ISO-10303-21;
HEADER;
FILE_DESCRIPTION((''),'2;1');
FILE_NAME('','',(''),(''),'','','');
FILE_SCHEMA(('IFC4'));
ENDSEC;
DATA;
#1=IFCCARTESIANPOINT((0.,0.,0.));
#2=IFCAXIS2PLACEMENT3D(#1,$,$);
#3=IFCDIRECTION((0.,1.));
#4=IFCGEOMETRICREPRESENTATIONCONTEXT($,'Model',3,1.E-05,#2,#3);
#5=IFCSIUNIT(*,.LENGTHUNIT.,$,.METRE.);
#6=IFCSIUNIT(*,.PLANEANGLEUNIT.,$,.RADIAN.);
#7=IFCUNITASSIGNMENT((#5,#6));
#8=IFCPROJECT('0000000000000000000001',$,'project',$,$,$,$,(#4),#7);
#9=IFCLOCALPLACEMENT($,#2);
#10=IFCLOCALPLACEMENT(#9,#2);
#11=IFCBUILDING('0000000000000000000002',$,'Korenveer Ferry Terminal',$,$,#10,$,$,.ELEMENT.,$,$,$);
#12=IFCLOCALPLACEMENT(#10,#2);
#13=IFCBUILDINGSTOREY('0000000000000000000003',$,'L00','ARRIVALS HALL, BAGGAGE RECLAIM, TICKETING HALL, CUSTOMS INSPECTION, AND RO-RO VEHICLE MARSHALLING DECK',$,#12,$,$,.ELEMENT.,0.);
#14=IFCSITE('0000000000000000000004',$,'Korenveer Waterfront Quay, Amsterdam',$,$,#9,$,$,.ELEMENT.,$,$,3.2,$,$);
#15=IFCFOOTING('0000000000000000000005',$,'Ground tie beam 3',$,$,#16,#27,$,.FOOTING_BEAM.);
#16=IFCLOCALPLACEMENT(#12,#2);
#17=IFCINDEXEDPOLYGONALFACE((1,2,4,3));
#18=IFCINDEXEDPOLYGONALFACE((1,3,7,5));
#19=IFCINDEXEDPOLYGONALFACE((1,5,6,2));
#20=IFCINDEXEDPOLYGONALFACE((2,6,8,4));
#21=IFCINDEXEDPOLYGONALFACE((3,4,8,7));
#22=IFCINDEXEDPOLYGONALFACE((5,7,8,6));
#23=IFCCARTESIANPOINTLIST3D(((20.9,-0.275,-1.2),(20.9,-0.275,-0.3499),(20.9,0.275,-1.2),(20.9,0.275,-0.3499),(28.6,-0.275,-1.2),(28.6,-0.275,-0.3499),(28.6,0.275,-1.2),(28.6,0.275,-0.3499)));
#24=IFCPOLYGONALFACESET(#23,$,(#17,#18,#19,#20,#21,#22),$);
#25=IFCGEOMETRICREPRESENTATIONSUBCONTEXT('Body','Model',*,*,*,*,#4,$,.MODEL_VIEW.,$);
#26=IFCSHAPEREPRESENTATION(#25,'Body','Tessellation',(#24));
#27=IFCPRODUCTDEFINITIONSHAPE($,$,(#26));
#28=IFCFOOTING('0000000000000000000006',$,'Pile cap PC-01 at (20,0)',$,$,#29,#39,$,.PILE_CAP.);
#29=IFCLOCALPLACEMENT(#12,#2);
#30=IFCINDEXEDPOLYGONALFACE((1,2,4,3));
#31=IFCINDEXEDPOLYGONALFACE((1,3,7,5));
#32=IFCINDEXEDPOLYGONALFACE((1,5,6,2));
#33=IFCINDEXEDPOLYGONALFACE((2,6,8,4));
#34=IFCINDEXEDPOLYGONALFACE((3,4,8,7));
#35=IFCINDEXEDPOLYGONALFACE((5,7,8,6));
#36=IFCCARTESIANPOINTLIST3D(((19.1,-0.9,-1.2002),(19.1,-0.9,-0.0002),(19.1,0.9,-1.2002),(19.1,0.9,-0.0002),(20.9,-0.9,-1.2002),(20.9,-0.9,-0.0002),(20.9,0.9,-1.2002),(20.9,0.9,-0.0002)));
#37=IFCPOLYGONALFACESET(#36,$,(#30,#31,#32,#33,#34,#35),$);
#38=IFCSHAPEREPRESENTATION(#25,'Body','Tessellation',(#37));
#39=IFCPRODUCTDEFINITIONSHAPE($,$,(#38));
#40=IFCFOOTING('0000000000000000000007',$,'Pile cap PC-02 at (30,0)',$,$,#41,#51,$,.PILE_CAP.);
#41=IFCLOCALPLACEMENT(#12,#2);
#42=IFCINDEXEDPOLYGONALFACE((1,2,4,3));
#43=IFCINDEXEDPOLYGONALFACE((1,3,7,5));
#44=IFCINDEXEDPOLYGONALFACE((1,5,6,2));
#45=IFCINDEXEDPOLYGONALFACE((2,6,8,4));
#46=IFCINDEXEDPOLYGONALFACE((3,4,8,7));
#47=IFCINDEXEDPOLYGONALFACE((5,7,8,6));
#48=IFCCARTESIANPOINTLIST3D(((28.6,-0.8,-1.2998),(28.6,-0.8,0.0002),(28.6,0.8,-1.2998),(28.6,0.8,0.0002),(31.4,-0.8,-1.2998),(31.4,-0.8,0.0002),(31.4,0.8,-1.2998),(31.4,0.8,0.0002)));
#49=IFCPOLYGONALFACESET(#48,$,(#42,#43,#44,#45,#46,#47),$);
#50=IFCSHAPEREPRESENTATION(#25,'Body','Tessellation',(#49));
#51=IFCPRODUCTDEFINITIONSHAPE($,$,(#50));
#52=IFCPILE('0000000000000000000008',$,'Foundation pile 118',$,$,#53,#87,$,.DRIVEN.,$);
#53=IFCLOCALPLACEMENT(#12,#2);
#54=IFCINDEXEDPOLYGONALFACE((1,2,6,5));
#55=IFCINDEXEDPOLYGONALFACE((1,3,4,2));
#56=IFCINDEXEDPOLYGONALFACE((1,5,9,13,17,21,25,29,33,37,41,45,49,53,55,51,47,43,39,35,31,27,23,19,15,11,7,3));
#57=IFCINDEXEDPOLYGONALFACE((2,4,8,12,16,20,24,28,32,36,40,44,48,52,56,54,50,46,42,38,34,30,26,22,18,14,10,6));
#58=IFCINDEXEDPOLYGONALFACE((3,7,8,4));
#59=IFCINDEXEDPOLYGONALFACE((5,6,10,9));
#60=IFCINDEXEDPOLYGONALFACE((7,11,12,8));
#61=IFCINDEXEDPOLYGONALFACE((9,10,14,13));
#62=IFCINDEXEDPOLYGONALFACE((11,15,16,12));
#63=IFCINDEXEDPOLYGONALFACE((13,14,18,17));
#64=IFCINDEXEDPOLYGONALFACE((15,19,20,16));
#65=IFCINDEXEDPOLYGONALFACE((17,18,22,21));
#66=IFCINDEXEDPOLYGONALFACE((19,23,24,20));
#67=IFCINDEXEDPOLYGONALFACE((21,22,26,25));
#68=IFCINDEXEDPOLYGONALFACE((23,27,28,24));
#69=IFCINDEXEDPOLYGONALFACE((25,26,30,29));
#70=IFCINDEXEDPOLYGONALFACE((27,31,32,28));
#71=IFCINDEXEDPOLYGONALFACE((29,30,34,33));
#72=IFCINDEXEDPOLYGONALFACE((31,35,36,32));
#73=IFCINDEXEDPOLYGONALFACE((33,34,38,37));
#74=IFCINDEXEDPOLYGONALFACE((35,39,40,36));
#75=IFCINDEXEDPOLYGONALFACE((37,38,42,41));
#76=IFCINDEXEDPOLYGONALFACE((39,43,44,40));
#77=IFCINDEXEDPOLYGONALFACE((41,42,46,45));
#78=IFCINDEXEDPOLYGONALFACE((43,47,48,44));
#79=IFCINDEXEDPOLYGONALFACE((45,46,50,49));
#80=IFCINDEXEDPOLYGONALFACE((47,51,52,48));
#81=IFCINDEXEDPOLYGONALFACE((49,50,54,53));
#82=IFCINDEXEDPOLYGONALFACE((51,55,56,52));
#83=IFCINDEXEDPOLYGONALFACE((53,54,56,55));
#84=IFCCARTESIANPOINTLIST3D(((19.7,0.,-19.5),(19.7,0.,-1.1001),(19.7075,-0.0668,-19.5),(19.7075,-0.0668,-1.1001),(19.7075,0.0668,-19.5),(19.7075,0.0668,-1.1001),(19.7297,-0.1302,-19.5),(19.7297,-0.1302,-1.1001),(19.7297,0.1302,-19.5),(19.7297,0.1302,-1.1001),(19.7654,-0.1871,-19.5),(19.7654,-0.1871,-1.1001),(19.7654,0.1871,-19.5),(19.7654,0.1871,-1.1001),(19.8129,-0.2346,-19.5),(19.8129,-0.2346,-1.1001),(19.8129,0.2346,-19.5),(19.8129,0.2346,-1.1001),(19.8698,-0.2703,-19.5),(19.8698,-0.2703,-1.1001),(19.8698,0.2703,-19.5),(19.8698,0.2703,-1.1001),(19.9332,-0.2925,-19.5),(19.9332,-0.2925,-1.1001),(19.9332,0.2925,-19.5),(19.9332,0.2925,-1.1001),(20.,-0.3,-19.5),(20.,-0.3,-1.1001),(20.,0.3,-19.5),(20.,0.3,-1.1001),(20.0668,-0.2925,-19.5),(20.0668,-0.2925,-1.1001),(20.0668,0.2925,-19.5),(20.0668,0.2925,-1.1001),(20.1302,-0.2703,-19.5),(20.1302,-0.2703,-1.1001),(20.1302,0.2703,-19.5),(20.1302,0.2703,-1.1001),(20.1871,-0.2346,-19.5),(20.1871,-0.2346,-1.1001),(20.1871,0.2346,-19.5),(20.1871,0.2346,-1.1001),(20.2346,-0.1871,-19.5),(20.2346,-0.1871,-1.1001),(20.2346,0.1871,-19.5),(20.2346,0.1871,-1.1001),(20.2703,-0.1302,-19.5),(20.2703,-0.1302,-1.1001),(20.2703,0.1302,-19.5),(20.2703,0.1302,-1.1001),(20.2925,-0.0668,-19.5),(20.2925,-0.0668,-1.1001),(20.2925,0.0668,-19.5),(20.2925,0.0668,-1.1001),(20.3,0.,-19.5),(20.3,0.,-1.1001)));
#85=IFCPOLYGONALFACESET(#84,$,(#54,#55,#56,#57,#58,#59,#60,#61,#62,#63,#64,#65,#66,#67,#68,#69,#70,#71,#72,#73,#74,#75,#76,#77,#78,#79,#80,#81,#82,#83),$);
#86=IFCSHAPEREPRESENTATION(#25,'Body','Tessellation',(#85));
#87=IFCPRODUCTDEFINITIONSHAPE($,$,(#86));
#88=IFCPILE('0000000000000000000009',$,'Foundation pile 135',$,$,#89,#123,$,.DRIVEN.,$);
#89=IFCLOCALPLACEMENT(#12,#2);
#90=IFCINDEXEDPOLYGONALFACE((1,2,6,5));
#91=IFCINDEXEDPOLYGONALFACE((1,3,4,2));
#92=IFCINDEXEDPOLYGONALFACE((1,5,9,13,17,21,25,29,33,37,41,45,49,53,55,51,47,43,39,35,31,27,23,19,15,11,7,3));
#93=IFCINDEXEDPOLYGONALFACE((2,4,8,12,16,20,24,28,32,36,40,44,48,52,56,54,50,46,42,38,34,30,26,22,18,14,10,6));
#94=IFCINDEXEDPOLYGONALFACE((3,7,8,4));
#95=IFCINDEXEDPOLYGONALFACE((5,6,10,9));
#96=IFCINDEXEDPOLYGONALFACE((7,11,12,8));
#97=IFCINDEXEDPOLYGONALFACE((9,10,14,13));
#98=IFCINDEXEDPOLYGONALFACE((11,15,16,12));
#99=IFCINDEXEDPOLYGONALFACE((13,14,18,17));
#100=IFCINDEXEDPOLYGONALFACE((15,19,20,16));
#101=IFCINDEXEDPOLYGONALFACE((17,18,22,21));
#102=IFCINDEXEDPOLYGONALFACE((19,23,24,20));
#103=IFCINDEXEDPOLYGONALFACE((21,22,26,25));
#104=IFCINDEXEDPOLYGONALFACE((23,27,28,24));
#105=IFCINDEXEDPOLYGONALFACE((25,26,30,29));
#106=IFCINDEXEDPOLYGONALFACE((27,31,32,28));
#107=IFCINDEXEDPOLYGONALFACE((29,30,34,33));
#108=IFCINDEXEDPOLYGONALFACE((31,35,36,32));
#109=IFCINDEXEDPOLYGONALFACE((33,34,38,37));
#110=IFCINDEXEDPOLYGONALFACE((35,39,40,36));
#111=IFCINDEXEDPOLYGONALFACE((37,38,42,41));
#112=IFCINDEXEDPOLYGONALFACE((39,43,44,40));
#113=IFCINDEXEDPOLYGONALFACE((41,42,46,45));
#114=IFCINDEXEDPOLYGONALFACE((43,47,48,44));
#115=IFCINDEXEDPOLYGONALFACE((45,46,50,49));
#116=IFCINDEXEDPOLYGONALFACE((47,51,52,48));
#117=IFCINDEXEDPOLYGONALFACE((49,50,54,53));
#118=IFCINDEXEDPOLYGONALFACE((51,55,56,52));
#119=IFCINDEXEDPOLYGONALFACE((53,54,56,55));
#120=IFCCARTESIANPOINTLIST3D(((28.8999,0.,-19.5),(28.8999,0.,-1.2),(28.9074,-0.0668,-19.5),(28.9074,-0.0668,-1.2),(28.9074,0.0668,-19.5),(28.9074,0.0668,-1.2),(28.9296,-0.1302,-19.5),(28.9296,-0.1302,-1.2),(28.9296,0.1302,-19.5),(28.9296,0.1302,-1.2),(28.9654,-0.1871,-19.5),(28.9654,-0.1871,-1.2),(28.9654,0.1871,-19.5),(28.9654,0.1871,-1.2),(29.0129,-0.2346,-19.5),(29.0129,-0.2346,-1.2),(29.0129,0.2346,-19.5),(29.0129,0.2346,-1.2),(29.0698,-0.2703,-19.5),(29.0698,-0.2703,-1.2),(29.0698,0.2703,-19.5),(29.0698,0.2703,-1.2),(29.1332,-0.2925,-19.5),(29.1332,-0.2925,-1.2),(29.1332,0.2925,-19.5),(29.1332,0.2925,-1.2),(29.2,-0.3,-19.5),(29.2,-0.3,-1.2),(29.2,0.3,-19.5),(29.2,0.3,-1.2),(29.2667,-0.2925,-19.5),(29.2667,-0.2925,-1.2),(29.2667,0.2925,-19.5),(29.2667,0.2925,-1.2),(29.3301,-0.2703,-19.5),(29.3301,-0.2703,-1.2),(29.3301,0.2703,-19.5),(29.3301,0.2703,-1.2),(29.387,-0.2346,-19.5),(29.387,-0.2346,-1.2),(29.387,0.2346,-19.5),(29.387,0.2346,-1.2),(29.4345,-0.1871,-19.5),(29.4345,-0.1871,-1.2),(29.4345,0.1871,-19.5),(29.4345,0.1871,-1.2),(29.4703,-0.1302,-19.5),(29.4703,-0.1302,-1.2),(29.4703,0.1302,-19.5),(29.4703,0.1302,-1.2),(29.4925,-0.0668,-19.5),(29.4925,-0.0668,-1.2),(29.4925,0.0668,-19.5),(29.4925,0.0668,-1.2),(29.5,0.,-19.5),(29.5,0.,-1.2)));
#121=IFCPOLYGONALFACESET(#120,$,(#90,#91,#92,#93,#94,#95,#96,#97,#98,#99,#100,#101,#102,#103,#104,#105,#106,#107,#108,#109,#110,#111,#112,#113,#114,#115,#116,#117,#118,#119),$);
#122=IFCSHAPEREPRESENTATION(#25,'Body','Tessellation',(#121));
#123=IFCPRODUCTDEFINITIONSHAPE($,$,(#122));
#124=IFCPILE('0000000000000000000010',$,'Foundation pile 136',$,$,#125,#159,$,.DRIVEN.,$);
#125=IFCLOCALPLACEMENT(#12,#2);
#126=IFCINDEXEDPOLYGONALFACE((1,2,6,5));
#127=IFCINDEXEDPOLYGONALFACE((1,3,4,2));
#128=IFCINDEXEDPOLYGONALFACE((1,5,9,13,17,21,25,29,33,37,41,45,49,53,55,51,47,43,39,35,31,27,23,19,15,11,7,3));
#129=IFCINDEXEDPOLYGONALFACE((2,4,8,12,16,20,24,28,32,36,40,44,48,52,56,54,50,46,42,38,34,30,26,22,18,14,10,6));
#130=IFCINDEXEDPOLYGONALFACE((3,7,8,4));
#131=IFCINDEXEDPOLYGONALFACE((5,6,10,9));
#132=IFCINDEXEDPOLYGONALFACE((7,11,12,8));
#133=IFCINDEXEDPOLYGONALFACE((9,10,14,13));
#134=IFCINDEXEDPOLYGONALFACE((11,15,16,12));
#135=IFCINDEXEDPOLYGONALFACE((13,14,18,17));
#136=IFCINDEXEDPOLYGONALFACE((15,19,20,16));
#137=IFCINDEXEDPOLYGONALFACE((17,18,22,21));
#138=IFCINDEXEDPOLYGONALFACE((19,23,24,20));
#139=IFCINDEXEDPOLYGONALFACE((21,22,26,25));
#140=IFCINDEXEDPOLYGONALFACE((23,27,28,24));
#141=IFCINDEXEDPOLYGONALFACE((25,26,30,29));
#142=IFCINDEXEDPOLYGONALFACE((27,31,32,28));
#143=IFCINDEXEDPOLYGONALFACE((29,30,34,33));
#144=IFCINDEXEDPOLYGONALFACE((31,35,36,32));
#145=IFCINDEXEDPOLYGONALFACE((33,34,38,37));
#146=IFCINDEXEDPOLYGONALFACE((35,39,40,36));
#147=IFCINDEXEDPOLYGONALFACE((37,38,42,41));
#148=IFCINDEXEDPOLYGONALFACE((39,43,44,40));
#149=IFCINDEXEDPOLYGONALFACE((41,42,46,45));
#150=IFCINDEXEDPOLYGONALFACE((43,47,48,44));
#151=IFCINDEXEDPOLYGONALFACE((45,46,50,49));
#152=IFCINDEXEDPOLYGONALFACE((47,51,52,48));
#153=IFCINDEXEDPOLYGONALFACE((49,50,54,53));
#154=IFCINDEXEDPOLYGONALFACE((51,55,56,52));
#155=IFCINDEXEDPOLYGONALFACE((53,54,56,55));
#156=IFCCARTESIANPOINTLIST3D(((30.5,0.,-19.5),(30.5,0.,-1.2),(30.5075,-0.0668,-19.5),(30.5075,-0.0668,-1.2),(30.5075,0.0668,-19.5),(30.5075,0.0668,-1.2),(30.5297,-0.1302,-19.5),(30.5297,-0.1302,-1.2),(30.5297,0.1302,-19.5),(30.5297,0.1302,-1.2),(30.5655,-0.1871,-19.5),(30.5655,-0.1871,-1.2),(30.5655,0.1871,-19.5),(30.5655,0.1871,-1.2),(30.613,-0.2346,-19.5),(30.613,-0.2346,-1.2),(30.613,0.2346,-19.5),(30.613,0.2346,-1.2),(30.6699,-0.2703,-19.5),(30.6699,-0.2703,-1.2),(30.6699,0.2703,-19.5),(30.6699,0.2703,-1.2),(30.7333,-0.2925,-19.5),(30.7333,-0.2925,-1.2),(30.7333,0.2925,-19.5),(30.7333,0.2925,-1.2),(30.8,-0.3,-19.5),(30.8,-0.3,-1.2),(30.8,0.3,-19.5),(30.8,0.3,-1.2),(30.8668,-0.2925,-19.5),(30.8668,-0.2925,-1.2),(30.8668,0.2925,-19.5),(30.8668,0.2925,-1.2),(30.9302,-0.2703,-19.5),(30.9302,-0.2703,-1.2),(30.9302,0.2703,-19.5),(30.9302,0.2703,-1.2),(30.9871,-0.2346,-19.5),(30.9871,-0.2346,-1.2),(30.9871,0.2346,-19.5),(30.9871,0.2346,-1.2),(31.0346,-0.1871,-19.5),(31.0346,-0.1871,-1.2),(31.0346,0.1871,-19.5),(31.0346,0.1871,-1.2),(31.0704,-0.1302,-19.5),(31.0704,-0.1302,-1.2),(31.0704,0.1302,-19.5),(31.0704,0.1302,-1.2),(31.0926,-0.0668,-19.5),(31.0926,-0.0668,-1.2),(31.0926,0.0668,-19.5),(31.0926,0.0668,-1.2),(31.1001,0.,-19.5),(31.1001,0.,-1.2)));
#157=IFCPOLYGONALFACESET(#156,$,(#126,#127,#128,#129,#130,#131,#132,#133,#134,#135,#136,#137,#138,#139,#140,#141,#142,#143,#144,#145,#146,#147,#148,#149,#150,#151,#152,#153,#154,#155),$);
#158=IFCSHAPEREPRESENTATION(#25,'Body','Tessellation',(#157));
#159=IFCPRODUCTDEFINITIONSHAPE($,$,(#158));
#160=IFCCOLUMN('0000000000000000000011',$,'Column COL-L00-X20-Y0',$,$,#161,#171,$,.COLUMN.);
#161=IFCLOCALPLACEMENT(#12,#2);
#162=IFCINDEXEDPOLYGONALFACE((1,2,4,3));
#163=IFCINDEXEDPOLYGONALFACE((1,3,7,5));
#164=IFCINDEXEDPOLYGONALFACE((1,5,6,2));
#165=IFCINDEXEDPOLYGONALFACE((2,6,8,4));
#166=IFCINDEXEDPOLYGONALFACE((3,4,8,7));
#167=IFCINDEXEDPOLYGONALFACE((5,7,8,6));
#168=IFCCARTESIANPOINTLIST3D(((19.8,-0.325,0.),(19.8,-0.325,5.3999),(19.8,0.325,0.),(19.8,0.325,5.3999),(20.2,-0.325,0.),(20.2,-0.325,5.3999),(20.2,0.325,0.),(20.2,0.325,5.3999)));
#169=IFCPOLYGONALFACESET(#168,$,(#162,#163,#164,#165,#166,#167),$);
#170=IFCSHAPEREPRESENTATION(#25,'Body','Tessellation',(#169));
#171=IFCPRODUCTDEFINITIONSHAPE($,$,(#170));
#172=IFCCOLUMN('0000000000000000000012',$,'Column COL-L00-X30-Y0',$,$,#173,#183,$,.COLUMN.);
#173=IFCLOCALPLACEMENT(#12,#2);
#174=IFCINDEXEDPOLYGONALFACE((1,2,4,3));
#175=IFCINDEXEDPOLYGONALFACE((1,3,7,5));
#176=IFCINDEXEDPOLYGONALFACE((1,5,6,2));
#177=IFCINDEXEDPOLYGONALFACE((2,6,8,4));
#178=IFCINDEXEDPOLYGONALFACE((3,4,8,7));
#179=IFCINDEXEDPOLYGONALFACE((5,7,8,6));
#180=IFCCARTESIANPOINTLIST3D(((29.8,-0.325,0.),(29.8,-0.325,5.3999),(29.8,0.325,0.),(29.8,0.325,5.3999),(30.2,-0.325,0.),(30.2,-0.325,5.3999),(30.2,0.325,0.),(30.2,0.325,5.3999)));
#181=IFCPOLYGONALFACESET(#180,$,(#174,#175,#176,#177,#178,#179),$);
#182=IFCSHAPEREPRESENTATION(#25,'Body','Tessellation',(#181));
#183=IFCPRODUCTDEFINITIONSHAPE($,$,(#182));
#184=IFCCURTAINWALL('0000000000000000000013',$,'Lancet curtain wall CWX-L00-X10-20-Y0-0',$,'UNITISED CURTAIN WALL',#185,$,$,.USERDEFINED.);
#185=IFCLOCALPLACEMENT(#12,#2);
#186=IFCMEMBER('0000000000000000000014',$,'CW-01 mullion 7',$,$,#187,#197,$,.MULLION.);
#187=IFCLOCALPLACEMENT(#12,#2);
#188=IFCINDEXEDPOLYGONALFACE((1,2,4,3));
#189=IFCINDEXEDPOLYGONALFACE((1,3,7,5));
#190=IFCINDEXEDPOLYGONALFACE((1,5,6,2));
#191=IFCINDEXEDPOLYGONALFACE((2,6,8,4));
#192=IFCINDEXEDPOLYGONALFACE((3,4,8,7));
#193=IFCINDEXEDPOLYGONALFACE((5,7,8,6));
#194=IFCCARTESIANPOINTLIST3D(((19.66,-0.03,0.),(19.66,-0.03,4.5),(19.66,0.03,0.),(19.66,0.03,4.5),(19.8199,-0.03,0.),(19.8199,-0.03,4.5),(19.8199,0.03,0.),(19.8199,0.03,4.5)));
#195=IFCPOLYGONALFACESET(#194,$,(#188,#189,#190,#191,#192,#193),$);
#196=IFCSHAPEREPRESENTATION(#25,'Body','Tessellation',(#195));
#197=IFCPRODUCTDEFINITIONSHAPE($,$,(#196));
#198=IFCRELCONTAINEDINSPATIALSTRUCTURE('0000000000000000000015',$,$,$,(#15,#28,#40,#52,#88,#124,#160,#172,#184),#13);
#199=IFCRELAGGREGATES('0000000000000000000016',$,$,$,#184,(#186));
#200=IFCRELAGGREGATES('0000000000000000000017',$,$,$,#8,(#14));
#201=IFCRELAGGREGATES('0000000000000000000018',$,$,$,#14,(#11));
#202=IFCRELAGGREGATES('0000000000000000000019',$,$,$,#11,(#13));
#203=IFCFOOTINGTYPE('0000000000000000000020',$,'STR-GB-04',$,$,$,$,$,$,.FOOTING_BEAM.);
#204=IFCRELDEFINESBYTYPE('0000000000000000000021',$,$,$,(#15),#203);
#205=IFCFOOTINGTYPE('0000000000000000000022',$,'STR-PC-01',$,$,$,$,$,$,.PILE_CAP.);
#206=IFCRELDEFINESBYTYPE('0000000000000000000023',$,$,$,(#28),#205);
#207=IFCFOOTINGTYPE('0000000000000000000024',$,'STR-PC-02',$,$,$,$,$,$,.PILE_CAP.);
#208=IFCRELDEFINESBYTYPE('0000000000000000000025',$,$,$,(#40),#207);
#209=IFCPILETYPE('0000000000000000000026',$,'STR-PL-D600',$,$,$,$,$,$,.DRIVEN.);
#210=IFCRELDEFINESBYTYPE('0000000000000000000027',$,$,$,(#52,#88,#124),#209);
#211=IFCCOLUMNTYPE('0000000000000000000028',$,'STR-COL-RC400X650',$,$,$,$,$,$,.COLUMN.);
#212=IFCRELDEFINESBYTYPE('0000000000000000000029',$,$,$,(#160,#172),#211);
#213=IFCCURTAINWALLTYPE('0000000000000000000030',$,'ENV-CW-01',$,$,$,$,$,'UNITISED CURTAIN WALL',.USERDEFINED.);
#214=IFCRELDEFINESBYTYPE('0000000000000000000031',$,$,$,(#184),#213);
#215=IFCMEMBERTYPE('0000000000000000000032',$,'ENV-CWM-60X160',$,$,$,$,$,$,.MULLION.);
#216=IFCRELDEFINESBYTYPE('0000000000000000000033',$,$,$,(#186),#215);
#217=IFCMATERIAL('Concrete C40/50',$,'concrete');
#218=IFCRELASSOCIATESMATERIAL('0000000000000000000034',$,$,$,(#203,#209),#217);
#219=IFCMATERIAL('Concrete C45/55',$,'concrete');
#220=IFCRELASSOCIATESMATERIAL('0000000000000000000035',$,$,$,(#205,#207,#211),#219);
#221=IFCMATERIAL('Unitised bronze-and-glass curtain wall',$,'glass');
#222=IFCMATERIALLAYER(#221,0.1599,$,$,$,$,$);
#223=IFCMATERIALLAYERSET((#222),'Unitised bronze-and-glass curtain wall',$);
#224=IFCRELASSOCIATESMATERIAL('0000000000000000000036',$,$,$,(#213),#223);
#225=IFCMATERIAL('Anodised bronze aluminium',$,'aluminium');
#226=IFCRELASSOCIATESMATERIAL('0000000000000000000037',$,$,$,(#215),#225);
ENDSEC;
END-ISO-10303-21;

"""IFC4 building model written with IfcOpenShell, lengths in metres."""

from ifc_helpers import new_model, si_unit, direction, frame, origin, origin_2d, place, context, subcontext, project, spatial, rectangle, circle, extrude, material, layer, layer_set, material_profile, profile_set, type_object, element, aggregate, save


model = new_model("IFC4")

# Units and contexts
model_context = context("Model", 3, precision=1e-05, world=origin(), true_north=direction((0.0, 1.0)))
body_context = subcontext(model_context, "Body", "Model", "MODEL_VIEW")
ifc_project = project(units=[si_unit("LENGTHUNIT", "METRE"), si_unit("PLANEANGLEUNIT", "RADIAN")], contexts=[model_context])

# Site, building, storey
site_placement = place(None, origin())
site = spatial("IfcSite", under=ifc_project, at=site_placement, Name="Korenveer Waterfront Quay, Amsterdam", CompositionType="ELEMENT", RefElevation=3.2)
building_placement = place(site_placement, origin())
building = spatial("IfcBuilding", under=site, at=building_placement, Name="Korenveer Ferry Terminal", CompositionType="ELEMENT")
storey_placement = place(building_placement, origin())
storey = spatial("IfcBuildingStorey", under=building, at=storey_placement, Name="L00", Description="ARRIVALS HALL, BAGGAGE RECLAIM, TICKETING HALL, CUSTOMS INSPECTION, AND RO-RO VEHICLE MARSHALLING DECK", CompositionType="ELEMENT", Elevation=0.0)

# Footings
ifc_material_1 = material(Name="Concrete C40/50", Category="concrete")
footing_type_1 = type_object("IfcFootingType", Name="STR-GB-04", PredefinedType="FOOTING_BEAM", material=ifc_material_1)
footing_1_placement = place(storey_placement, frame((24.75, 0.0, -1.2), z_axis=(0.0, 0.0, 1.0), x_axis=(1.0, 0.0, 0.0)))
element("IfcFooting", 1, at=footing_1_placement, inside=storey, type_object=footing_type_1, Name="Ground tie beam 3", PredefinedType="FOOTING_BEAM", context=body_context, shape_type="SweptSolid", body=[
    extrude(rectangle(XDim=7.7, YDim=0.55, at=origin_2d()), origin(), (0.0, 0.0, 1.0), 0.8501),
])
ifc_material_2 = material(Name="Concrete C45/55", Category="concrete")
footing_type_2 = type_object("IfcFootingType", Name="STR-PC-01", PredefinedType="PILE_CAP", material=ifc_material_2)
footing_2_placement = place(storey_placement, frame((20.0, 0.0, -1.2002), z_axis=(0.0, 0.0, 1.0), x_axis=(1.0, 0.0, 0.0)))
element("IfcFooting", 2, at=footing_2_placement, inside=storey, type_object=footing_type_2, Name="Pile cap PC-01 at (20,0)", PredefinedType="PILE_CAP", context=body_context, shape_type="SweptSolid", body=[
    extrude(rectangle(XDim=1.8, YDim=1.8, at=origin_2d()), origin(), (0.0, 0.0, 1.0), 1.2),
])
footing_type_3 = type_object("IfcFootingType", Name="STR-PC-02", PredefinedType="PILE_CAP", material=ifc_material_2)
footing_3_placement = place(storey_placement, frame((30.0, 0.0, -1.2998), z_axis=(0.0, 0.0, 1.0), x_axis=(1.0, 0.0, 0.0)))
element("IfcFooting", 3, at=footing_3_placement, inside=storey, type_object=footing_type_3, Name="Pile cap PC-02 at (30,0)", PredefinedType="PILE_CAP", context=body_context, shape_type="SweptSolid", body=[
    extrude(rectangle(XDim=2.8, YDim=1.6001, at=origin_2d()), origin(), (0.0, 0.0, 1.0), 1.3),
])

# Piles
ifc_material_profile_1 = material_profile(ifc_material_1, circle(Radius=0.3, at=origin_2d()), Name="PILE D600")
ifc_profile_set_1 = profile_set([ifc_material_profile_1], Name="Concrete C40/50")
pile_type = type_object("IfcPileType", Name="STR-PL-D600", PredefinedType="DRIVEN", material=ifc_profile_set_1)
pile_placement = place(storey_placement, frame((20.0, 0.0, -1.1001), z_axis=(0.0, 0.0, -1.0), x_axis=(1.0, 0.0, 0.0)))
element("IfcPile", 4, at=pile_placement, inside=storey, type_object=pile_type, Name="Foundation pile 118", PredefinedType="DRIVEN", context=body_context, shape_type="SweptSolid", body=[
    extrude(circle(Radius=0.3, at=origin_2d()), origin(), (0.0, 0.0, 1.0), 18.3999),
])
for number, where, z_axis, x_axis, name in (
    (5, (29.2, 0.0, -1.2), (0.0, 0.0, -1.0), (1.0, 0.0, 0.0), "Foundation pile 135"),
    (6, (30.8, 0.0, -1.2), (0.0, 0.0, -1.0), (1.0, 0.0, 0.0), "Foundation pile 136"),
):
    element("IfcPile", number, at=place(storey_placement, frame(where, z_axis=z_axis, x_axis=x_axis)), inside=storey, type_object=pile_type, Name=name, PredefinedType="DRIVEN", context=body_context, shape_type="SweptSolid", body=[
        extrude(circle(Radius=0.3, at=origin_2d()), origin(), (0.0, 0.0, 1.0), 18.3),
    ])

# Columns
ifc_material_profile_2 = material_profile(ifc_material_2, rectangle(XDim=0.3999, YDim=0.6499, at=origin_2d()), Name="RC 400x650")
ifc_profile_set_2 = profile_set([ifc_material_profile_2], Name="Concrete C45/55")
column_type = type_object("IfcColumnType", Name="STR-COL-RC400X650", PredefinedType="COLUMN", material=ifc_profile_set_2)
for number, where, z_axis, x_axis, name in (
    (7, (20.0, 0.0, 0.0), (0.0, 0.0, 1.0), (1.0, 0.0, 0.0), "Column COL-L00-X20-Y0"),
    (8, (30.0, 0.0, 0.0), (0.0, 0.0, 1.0), (1.0, 0.0, 0.0), "Column COL-L00-X30-Y0"),
):
    element("IfcColumn", number, at=place(storey_placement, frame(where, z_axis=z_axis, x_axis=x_axis)), inside=storey, type_object=column_type, Name=name, PredefinedType="COLUMN", context=body_context, shape_type="SweptSolid", body=[
        extrude(rectangle(XDim=0.3999, YDim=0.6499, at=origin_2d()), origin(), (0.0, 0.0, 1.0), 5.3999),
    ])

# Curtain wall, member
ifc_material_3 = material(Name="Unitised bronze-and-glass curtain wall", Category="glass")
ifc_layer_1 = layer(ifc_material_3, 0.1599)
ifc_layer_set_1 = layer_set([ifc_layer_1], Name="Unitised bronze-and-glass curtain wall")
curtain_wall_type = type_object("IfcCurtainWallType", Name="ENV-CW-01", ElementType="UNITISED CURTAIN WALL", PredefinedType="USERDEFINED", material=ifc_layer_set_1)
curtain_wall_placement = place(storey_placement, frame((10.23, 0.0, 0.0)))
curtain_wall = element("IfcCurtainWall", 9, at=curtain_wall_placement, inside=storey, type_object=curtain_wall_type, Name="Lancet curtain wall CWX-L00-X10-20-Y0-0", ObjectType="UNITISED CURTAIN WALL", PredefinedType="USERDEFINED")
ifc_material_4 = material(Name="Anodised bronze aluminium", Category="aluminium")
ifc_material_profile_3 = material_profile(ifc_material_4, rectangle(XDim=0.0601, YDim=0.1599, at=origin_2d()), Name="ALU 60x160")
ifc_profile_set_3 = profile_set([ifc_material_profile_3], Name="Anodised bronze aluminium")
member_type_1 = type_object("IfcMemberType", Name="ENV-CWM-60X160", PredefinedType="MULLION", material=ifc_profile_set_3)
member_1_placement = place(storey_placement, frame((19.74, 0.0, 0.0), z_axis=(0.0, 0.0, 1.0), x_axis=(0.0, 1.0, 0.0)))
member_1 = element("IfcMember", 10, at=member_1_placement, type_object=member_type_1, Name="CW-01 mullion 7", PredefinedType="MULLION", context=body_context, shape_type="SweptSolid", body=[
    extrude(rectangle(XDim=0.0601, YDim=0.1599, at=origin_2d()), origin(), (0.0, 0.0, 1.0), 4.5),
])

aggregate(curtain_wall, [member_1])

save(model, "model.ifc")
